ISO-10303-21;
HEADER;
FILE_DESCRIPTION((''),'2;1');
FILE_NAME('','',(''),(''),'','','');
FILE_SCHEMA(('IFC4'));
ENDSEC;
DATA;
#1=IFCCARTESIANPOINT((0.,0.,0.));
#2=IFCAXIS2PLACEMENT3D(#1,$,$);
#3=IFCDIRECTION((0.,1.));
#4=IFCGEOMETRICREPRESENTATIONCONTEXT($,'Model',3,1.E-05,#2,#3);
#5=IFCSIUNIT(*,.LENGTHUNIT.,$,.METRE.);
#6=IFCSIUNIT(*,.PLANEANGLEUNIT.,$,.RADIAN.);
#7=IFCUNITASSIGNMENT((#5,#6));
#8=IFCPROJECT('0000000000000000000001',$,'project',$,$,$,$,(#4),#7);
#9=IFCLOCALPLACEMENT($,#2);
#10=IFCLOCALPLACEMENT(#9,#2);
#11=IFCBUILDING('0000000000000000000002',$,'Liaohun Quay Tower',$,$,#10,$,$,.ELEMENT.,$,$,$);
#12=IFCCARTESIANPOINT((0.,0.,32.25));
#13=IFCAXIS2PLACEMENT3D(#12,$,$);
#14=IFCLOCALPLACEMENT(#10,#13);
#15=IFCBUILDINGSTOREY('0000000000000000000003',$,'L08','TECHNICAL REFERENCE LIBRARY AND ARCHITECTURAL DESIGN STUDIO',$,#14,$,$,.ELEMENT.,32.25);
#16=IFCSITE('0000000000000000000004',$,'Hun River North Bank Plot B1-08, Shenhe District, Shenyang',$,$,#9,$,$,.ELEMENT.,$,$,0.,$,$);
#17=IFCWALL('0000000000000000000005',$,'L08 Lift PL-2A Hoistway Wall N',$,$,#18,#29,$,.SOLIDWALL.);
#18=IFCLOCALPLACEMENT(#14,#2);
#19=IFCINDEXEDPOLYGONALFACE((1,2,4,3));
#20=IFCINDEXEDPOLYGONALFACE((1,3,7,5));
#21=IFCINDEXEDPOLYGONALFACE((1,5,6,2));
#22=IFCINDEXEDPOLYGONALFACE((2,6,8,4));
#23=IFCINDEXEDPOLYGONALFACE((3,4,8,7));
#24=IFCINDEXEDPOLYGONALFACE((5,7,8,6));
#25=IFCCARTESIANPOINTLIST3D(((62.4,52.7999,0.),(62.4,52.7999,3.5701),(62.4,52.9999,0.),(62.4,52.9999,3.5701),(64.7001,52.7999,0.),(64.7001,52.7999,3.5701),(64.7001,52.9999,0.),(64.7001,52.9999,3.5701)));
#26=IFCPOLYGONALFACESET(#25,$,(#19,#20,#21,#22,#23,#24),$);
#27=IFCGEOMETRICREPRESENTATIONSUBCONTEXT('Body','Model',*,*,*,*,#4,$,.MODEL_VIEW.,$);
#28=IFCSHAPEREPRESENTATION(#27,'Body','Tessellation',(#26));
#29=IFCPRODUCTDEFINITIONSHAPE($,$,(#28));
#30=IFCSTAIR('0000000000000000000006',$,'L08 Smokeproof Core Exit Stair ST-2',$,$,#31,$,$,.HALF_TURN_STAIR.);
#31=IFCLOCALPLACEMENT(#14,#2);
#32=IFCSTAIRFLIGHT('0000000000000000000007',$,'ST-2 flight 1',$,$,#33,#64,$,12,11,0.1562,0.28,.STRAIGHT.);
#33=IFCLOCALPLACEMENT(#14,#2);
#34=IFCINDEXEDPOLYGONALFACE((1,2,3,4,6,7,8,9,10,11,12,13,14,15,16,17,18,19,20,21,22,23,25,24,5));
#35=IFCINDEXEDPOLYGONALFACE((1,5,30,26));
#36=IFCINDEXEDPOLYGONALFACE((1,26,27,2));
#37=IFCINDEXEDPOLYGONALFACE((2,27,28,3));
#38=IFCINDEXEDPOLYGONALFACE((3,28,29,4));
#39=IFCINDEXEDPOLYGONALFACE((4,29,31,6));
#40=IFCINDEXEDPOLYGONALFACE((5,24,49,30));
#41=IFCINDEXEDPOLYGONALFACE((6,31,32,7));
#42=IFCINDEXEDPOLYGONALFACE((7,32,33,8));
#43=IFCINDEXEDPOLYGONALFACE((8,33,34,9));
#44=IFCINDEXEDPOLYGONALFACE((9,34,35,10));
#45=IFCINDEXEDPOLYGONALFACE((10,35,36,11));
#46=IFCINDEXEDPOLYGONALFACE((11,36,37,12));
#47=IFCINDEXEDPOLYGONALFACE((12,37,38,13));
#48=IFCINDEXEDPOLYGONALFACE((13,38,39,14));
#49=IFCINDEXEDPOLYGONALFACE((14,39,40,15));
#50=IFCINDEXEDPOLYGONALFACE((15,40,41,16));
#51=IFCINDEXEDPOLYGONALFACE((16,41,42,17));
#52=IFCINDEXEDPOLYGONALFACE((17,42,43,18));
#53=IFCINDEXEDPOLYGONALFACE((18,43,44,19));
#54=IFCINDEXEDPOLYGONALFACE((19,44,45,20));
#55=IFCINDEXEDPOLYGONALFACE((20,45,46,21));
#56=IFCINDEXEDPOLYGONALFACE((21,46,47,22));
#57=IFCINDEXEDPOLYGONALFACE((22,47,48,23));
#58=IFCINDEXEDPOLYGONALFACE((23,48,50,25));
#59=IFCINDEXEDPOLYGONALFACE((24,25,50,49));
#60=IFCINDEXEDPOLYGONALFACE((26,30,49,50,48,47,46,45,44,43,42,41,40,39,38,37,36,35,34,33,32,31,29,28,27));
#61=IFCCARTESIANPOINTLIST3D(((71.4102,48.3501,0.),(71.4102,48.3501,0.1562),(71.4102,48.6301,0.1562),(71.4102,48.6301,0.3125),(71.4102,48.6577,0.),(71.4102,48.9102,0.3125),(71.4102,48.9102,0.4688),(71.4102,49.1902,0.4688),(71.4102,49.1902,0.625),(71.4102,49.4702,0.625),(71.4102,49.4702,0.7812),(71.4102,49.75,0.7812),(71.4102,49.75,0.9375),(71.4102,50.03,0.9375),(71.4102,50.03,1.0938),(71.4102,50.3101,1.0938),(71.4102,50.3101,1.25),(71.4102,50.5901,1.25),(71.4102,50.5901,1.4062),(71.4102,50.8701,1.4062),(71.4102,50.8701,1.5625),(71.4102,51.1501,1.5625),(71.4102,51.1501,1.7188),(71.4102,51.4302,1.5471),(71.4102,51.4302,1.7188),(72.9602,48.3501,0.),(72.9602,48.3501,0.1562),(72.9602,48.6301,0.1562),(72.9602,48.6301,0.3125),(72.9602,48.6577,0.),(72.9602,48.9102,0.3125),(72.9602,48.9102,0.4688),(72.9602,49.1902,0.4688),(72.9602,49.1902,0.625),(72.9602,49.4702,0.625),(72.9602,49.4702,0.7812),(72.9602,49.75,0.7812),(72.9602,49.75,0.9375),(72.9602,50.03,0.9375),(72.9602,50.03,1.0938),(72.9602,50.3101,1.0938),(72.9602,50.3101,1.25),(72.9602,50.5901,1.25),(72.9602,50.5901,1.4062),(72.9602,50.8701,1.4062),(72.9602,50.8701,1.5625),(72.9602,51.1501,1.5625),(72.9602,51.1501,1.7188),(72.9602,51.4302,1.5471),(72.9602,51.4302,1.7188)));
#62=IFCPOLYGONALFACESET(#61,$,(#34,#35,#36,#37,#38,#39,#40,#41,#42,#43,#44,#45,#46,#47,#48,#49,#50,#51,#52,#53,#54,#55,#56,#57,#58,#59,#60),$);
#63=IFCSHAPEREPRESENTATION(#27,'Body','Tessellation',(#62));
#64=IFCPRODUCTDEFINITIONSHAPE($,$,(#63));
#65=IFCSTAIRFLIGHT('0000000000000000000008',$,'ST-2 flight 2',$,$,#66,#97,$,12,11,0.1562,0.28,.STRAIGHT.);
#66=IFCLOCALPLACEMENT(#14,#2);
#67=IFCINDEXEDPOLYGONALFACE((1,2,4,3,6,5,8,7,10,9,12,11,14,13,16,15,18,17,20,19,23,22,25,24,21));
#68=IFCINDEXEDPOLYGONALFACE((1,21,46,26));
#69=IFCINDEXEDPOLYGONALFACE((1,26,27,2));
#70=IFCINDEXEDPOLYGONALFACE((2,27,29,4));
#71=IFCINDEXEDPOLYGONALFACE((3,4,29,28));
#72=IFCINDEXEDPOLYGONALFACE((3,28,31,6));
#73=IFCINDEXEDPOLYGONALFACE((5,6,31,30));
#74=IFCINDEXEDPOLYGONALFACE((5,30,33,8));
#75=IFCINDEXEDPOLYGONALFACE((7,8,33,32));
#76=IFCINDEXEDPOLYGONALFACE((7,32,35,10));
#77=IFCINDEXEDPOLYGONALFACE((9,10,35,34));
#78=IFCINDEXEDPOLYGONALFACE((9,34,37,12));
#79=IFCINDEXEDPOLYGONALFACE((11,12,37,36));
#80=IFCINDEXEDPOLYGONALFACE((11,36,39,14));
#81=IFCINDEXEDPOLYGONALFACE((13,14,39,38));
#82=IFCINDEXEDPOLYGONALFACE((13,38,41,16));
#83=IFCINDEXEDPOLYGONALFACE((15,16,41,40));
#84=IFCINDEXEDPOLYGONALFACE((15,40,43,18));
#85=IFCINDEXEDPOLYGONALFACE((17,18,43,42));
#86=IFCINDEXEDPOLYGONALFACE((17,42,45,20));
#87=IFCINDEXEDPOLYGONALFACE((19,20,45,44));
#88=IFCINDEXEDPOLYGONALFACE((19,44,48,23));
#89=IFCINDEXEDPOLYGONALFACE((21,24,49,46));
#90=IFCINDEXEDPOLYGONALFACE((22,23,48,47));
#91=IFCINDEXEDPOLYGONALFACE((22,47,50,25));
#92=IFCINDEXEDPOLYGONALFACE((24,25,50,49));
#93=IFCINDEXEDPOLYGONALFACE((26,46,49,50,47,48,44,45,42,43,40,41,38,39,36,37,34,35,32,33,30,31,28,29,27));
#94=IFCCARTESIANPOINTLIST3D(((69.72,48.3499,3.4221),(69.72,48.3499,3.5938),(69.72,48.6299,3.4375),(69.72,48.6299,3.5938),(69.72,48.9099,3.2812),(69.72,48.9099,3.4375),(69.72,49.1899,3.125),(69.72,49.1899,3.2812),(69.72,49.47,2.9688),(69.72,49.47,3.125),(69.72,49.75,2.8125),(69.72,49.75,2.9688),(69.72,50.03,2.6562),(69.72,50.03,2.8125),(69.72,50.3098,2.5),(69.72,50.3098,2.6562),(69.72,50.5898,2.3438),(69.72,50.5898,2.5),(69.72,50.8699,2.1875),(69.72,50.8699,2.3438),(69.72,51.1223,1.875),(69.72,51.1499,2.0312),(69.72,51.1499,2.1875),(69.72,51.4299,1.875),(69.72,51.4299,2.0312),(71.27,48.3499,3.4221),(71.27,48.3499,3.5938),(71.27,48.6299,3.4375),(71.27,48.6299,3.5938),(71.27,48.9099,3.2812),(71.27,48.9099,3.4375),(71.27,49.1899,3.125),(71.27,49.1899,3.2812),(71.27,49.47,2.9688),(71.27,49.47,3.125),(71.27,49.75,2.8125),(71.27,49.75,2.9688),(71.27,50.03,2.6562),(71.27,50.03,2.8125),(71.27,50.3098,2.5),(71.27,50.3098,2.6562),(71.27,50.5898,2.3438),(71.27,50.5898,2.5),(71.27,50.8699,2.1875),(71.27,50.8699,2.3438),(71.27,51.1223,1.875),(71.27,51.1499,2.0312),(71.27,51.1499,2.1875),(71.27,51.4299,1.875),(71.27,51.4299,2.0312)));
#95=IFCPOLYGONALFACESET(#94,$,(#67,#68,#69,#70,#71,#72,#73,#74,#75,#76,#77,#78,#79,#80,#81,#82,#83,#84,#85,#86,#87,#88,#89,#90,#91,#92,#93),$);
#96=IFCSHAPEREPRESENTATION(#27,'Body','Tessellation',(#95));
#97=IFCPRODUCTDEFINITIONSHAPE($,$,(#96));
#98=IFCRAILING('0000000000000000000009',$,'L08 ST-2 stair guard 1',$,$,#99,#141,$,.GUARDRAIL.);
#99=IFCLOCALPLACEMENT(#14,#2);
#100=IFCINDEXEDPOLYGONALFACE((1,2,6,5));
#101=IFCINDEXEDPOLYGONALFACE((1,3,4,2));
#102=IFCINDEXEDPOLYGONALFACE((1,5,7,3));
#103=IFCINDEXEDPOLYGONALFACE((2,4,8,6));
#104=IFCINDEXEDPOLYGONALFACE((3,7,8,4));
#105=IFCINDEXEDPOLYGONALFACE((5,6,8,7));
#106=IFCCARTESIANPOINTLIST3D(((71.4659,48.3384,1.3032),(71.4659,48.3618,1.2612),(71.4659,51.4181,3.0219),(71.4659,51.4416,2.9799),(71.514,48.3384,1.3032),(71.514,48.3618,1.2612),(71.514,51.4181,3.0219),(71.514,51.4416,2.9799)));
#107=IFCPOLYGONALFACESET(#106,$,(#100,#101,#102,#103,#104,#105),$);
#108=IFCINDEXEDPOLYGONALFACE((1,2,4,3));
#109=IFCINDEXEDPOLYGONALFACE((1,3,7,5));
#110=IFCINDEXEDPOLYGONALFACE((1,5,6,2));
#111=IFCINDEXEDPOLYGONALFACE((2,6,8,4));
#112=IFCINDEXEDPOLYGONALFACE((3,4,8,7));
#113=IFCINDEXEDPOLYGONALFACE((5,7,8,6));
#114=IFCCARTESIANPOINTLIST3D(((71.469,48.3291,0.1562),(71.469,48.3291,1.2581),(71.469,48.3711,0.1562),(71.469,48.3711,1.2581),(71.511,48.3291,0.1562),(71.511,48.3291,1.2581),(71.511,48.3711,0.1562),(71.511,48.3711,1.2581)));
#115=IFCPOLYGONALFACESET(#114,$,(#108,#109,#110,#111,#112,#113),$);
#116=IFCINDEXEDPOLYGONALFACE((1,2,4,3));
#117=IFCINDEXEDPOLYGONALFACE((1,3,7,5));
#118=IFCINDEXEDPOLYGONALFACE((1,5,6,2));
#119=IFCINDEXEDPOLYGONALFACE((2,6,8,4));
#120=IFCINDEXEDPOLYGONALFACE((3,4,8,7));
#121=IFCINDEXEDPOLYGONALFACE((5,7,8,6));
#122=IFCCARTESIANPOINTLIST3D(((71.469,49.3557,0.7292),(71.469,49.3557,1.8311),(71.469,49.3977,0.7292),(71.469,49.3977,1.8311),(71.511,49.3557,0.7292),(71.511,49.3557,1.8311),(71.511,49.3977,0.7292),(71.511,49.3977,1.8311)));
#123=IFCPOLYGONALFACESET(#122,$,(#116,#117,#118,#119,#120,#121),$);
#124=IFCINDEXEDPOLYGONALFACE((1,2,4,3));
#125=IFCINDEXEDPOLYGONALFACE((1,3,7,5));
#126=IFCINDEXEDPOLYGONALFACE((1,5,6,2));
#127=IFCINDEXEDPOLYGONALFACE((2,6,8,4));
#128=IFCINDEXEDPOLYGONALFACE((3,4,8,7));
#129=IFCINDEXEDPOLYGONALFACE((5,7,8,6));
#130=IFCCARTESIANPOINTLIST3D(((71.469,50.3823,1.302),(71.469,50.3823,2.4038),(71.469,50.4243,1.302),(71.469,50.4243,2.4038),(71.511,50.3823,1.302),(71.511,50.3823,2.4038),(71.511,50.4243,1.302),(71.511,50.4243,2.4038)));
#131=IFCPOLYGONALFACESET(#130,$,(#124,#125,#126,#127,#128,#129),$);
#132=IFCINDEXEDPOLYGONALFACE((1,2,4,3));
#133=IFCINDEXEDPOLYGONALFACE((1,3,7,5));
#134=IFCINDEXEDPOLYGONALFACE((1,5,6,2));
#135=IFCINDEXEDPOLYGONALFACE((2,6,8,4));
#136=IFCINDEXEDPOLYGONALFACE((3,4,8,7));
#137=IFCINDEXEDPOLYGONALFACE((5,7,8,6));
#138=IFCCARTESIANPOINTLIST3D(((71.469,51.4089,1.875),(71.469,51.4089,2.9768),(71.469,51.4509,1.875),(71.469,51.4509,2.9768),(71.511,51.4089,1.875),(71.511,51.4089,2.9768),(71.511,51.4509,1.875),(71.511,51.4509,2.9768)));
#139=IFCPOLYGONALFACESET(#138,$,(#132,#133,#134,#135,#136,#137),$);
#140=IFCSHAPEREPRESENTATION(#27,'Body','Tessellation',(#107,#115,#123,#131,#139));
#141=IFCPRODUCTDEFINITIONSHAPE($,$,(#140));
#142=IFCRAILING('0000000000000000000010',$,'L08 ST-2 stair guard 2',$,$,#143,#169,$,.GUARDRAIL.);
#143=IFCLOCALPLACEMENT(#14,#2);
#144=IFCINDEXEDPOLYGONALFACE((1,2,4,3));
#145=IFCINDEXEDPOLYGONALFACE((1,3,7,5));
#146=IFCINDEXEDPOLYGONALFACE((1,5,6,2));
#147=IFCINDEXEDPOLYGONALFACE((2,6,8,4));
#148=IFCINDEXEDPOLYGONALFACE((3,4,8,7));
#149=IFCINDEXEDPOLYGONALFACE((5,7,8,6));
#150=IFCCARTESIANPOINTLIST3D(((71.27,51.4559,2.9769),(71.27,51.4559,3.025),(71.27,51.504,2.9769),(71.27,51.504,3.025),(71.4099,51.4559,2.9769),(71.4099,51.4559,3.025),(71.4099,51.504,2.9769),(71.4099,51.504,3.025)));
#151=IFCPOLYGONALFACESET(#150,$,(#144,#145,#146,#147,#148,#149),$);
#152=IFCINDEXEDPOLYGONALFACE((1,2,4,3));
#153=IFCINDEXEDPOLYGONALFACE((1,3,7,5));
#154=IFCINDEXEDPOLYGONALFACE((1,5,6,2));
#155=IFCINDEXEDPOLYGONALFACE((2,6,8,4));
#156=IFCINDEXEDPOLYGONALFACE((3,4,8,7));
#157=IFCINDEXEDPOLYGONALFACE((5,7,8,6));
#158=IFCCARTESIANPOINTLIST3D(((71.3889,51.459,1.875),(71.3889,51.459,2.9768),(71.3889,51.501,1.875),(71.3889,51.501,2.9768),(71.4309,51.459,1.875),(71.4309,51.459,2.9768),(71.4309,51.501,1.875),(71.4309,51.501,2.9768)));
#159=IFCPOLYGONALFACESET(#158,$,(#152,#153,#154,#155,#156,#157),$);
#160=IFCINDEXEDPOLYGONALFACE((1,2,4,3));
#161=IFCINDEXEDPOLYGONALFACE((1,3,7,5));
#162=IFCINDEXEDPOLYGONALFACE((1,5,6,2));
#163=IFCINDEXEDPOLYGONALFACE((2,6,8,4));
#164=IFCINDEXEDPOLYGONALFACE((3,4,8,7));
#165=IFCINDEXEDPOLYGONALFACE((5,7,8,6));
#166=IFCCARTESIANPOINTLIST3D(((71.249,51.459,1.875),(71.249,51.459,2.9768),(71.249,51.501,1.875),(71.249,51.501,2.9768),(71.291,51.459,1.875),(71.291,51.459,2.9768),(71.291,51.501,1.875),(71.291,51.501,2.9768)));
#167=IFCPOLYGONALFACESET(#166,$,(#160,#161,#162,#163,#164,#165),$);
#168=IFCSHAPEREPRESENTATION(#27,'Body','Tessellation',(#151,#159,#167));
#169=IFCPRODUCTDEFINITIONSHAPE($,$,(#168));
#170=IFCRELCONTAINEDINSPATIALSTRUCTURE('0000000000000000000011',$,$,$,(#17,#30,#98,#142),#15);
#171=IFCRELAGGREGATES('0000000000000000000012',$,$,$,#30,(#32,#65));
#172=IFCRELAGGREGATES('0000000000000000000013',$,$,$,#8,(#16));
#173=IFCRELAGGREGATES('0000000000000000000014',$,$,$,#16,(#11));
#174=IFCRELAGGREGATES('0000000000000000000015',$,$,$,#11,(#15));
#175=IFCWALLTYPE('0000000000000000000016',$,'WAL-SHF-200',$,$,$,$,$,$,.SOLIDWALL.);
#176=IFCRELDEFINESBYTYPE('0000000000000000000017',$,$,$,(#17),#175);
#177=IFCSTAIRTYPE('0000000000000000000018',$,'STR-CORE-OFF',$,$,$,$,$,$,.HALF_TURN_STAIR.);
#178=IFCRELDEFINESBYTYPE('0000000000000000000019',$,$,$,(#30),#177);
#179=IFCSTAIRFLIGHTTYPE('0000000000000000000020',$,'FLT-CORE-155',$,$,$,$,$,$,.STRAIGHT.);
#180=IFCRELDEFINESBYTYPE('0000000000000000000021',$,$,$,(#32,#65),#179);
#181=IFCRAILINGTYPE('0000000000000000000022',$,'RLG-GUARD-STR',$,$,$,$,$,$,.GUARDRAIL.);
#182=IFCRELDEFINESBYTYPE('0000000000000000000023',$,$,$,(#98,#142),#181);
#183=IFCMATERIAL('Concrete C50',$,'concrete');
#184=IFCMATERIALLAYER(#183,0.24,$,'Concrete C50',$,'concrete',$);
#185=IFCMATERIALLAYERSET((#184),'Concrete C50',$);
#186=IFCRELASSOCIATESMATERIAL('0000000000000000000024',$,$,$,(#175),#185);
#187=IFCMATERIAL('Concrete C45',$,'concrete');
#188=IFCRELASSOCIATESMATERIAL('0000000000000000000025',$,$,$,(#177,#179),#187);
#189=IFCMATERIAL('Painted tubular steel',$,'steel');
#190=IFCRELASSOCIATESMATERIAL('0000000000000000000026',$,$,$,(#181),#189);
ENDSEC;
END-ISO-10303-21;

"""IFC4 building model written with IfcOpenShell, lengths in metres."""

from ifc_helpers import new_model, si_unit, direction, frame, frame_2d, origin, origin_2d, place, context, subcontext, project, spatial, polyline, rectangle, outline, extrude, material, layer, layer_set, type_object, element, aggregate, save


model = new_model("IFC4")

# Units and contexts
model_context = context("Model", 3, precision=1e-05, world=origin(), true_north=direction((0.0, 1.0)))
body_context = subcontext(model_context, "Body", "Model", "MODEL_VIEW")
ifc_project = project(units=[si_unit("LENGTHUNIT", "METRE"), si_unit("PLANEANGLEUNIT", "RADIAN")], contexts=[model_context])

# Site, building, storey
site_placement = place(None, origin())
site = spatial("IfcSite", under=ifc_project, at=site_placement, Name="Hun River North Bank Plot B1-08, Shenhe District, Shenyang", CompositionType="ELEMENT", RefElevation=0.0)
building_placement = place(site_placement, origin())
building = spatial("IfcBuilding", under=site, at=building_placement, Name="Liaohun Quay Tower", CompositionType="ELEMENT")
storey_placement = place(building_placement, frame((0.0, 0.0, 32.25)))
storey = spatial("IfcBuildingStorey", under=building, at=storey_placement, Name="L08", Description="TECHNICAL REFERENCE LIBRARY AND ARCHITECTURAL DESIGN STUDIO", CompositionType="ELEMENT", Elevation=32.25)

# Shared definitions
ifc_material_1 = material(Name="Concrete C50", Category="concrete")
ifc_layer_1 = layer(ifc_material_1, 0.24, Name="Concrete C50", Category="concrete")
ifc_layer_set_1 = layer_set([ifc_layer_1], Name="Concrete C50")
wall_type_1 = type_object("IfcWallType", Name="WAL-SHF-200", PredefinedType="SOLIDWALL", material=ifc_layer_set_1)

# Wall
wall_1_placement = place(storey_placement, frame((64.7, 52.8999, 0.0), z_axis=(0.0, 0.0, 1.0), x_axis=(-1.0, 0.0, 0.0)))
element("IfcWall", 1, at=wall_1_placement, inside=storey, type_object=wall_type_1, Name="L08 Lift PL-2A Hoistway Wall N", PredefinedType="SOLIDWALL", context=body_context, shape_type="SweptSolid", body=[
    extrude(rectangle(XDim=2.3, YDim=0.2, at=frame_2d((1.1499, 0.0))), origin(), (0.0, 0.0, 1.0), 3.5701),
])

# Stair, stair flights
ifc_material_2 = material(Name="Concrete C45", Category="concrete")
stair_type = type_object("IfcStairType", Name="STR-CORE-OFF", PredefinedType="HALF_TURN_STAIR", material=ifc_material_2)
stair_placement = place(storey_placement, origin())
stair = element("IfcStair", 2, at=stair_placement, inside=storey, type_object=stair_type, Name="L08 Smokeproof Core Exit Stair ST-2", PredefinedType="HALF_TURN_STAIR")
stair_flight_type = type_object("IfcStairFlightType", Name="FLT-CORE-155", PredefinedType="STRAIGHT", material=ifc_material_2)
stair_flight_1_placement = place(storey_placement, frame((72.1851, 48.3501, 0.0), z_axis=(0.0, 0.0, 1.0), x_axis=(0.0, 1.0, 0.0)))
stair_flight_1 = element("IfcStairFlight", 3, at=stair_flight_1_placement, type_object=stair_flight_type, Name="ST-2 flight 1", NumberOfRisers=12, NumberOfTreads=11, PredefinedType="STRAIGHT", RiserHeight=0.1562, TreadLength=0.28, context=body_context, shape_type="SweptSolid", body=[
    extrude(outline(polyline([(0.0, 0.0), (0.0, 0.1562), (0.28, 0.1562), (0.28, 0.3125), (0.5601, 0.3125), (0.5601, 0.4688), (0.8401, 0.4688), (0.8401, 0.625), (1.1201, 0.625), (1.1201, 0.7812), (1.3999, 0.7812), (1.3999, 0.9375), (1.6799, 0.9375), (1.6799, 1.0938), (1.96, 1.0938), (1.96, 1.25), (2.24, 1.25), (2.24, 1.4062), (2.52, 1.4062), (2.52, 1.5625), (2.8, 1.5625), (2.8, 1.7188), (3.0801, 1.7188), (3.0801, 1.875), (3.0801, 1.5471), (0.3076, 0.0), (0.0, 0.0)])), frame((0.0, 0.7749, 0.0), z_axis=(0.0, -1.0, 0.0), x_axis=(1.0, 0.0, 0.0)), (0.0, 0.0, 1.0), 1.55),
])
stair_flight_2_placement = place(storey_placement, frame((70.4951, 51.4299, 1.875), z_axis=(0.0, 0.0, 1.0), x_axis=(0.0, -1.0, 0.0)))
stair_flight_2 = element("IfcStairFlight", 4, at=stair_flight_2_placement, type_object=stair_flight_type, Name="ST-2 flight 2", NumberOfRisers=12, NumberOfTreads=11, PredefinedType="STRAIGHT", RiserHeight=0.1562, TreadLength=0.28, context=body_context, shape_type="SweptSolid", body=[
    extrude(outline(polyline([(0.0, 0.0), (0.0, 0.1562), (0.28, 0.1562), (0.28, 0.3125), (0.5601, 0.3125), (0.5601, 0.4688), (0.8401, 0.4688), (0.8401, 0.625), (1.1201, 0.625), (1.1201, 0.7812), (1.3999, 0.7812), (1.3999, 0.9375), (1.6799, 0.9375), (1.6799, 1.0938), (1.96, 1.0938), (1.96, 1.25), (2.24, 1.25), (2.24, 1.4062), (2.52, 1.4062), (2.52, 1.5625), (2.8, 1.5625), (2.8, 1.7188), (3.0801, 1.7188), (3.0801, 1.875), (3.0801, 1.5471), (0.3076, 0.0), (0.0, 0.0)])), frame((0.0, 0.7749, 0.0), z_axis=(0.0, -1.0, 0.0), x_axis=(1.0, 0.0, 0.0)), (0.0, 0.0, 1.0), 1.55),
])
aggregate(stair, [stair_flight_1, stair_flight_2])

# Railings
ifc_material_3 = material(Name="Painted tubular steel", Category="steel")
railing_type_1 = type_object("IfcRailingType", Name="RLG-GUARD-STR", PredefinedType="GUARDRAIL", material=ifc_material_3)
railing_1_placement = place(storey_placement, frame((71.49, 48.3501, 0.1562)))
element("IfcRailing", 5, at=railing_1_placement, inside=storey, type_object=railing_type_1, Name="L08 ST-2 stair guard 1", PredefinedType="GUARDRAIL", context=body_context, shape_type="SweptSolid", body=[
    extrude(rectangle(XDim=0.0481, YDim=0.0481, at=origin_2d()), frame((0.0, 0.0, 1.126), z_axis=(0.0, 0.873225, 0.487317), x_axis=(-1.0, 0.0, 0.0)), (0.0, 0.0, 1.0), 3.5269),
    extrude(rectangle(XDim=0.042, YDim=0.042, at=origin_2d()), origin(), (0.0, 0.0, 1.0), 1.1018),
    extrude(rectangle(XDim=0.042, YDim=0.042, at=origin_2d()), frame((0.0, 1.0266, 0.573)), (0.0, 0.0, 1.0), 1.1018),
    extrude(rectangle(XDim=0.042, YDim=0.042, at=origin_2d()), frame((0.0, 2.0532, 1.1458)), (0.0, 0.0, 1.0), 1.1018),
    extrude(rectangle(XDim=0.042, YDim=0.042, at=origin_2d()), frame((0.0, 3.0798, 1.7188)), (0.0, 0.0, 1.0), 1.1018),
])
railing_2_placement = place(storey_placement, frame((71.4099, 51.48, 1.875)))
element("IfcRailing", 6, at=railing_2_placement, inside=storey, type_object=railing_type_1, Name="L08 ST-2 stair guard 2", PredefinedType="GUARDRAIL", context=body_context, shape_type="SweptSolid", body=[
    extrude(rectangle(XDim=0.0481, YDim=0.0481, at=origin_2d()), frame((0.0, 0.0, 1.126), z_axis=(-1.0, 0.0, 0.0), x_axis=(0.0, -1.0, 0.0)), (0.0, 0.0, 1.0), 0.1399),
    extrude(rectangle(XDim=0.042, YDim=0.042, at=origin_2d()), origin(), (0.0, 0.0, 1.0), 1.1018),
    extrude(rectangle(XDim=0.042, YDim=0.042, at=origin_2d()), frame((-0.1399, 0.0, 0.0)), (0.0, 0.0, 1.0), 1.1018),
])

save(model, "model.ifc")
